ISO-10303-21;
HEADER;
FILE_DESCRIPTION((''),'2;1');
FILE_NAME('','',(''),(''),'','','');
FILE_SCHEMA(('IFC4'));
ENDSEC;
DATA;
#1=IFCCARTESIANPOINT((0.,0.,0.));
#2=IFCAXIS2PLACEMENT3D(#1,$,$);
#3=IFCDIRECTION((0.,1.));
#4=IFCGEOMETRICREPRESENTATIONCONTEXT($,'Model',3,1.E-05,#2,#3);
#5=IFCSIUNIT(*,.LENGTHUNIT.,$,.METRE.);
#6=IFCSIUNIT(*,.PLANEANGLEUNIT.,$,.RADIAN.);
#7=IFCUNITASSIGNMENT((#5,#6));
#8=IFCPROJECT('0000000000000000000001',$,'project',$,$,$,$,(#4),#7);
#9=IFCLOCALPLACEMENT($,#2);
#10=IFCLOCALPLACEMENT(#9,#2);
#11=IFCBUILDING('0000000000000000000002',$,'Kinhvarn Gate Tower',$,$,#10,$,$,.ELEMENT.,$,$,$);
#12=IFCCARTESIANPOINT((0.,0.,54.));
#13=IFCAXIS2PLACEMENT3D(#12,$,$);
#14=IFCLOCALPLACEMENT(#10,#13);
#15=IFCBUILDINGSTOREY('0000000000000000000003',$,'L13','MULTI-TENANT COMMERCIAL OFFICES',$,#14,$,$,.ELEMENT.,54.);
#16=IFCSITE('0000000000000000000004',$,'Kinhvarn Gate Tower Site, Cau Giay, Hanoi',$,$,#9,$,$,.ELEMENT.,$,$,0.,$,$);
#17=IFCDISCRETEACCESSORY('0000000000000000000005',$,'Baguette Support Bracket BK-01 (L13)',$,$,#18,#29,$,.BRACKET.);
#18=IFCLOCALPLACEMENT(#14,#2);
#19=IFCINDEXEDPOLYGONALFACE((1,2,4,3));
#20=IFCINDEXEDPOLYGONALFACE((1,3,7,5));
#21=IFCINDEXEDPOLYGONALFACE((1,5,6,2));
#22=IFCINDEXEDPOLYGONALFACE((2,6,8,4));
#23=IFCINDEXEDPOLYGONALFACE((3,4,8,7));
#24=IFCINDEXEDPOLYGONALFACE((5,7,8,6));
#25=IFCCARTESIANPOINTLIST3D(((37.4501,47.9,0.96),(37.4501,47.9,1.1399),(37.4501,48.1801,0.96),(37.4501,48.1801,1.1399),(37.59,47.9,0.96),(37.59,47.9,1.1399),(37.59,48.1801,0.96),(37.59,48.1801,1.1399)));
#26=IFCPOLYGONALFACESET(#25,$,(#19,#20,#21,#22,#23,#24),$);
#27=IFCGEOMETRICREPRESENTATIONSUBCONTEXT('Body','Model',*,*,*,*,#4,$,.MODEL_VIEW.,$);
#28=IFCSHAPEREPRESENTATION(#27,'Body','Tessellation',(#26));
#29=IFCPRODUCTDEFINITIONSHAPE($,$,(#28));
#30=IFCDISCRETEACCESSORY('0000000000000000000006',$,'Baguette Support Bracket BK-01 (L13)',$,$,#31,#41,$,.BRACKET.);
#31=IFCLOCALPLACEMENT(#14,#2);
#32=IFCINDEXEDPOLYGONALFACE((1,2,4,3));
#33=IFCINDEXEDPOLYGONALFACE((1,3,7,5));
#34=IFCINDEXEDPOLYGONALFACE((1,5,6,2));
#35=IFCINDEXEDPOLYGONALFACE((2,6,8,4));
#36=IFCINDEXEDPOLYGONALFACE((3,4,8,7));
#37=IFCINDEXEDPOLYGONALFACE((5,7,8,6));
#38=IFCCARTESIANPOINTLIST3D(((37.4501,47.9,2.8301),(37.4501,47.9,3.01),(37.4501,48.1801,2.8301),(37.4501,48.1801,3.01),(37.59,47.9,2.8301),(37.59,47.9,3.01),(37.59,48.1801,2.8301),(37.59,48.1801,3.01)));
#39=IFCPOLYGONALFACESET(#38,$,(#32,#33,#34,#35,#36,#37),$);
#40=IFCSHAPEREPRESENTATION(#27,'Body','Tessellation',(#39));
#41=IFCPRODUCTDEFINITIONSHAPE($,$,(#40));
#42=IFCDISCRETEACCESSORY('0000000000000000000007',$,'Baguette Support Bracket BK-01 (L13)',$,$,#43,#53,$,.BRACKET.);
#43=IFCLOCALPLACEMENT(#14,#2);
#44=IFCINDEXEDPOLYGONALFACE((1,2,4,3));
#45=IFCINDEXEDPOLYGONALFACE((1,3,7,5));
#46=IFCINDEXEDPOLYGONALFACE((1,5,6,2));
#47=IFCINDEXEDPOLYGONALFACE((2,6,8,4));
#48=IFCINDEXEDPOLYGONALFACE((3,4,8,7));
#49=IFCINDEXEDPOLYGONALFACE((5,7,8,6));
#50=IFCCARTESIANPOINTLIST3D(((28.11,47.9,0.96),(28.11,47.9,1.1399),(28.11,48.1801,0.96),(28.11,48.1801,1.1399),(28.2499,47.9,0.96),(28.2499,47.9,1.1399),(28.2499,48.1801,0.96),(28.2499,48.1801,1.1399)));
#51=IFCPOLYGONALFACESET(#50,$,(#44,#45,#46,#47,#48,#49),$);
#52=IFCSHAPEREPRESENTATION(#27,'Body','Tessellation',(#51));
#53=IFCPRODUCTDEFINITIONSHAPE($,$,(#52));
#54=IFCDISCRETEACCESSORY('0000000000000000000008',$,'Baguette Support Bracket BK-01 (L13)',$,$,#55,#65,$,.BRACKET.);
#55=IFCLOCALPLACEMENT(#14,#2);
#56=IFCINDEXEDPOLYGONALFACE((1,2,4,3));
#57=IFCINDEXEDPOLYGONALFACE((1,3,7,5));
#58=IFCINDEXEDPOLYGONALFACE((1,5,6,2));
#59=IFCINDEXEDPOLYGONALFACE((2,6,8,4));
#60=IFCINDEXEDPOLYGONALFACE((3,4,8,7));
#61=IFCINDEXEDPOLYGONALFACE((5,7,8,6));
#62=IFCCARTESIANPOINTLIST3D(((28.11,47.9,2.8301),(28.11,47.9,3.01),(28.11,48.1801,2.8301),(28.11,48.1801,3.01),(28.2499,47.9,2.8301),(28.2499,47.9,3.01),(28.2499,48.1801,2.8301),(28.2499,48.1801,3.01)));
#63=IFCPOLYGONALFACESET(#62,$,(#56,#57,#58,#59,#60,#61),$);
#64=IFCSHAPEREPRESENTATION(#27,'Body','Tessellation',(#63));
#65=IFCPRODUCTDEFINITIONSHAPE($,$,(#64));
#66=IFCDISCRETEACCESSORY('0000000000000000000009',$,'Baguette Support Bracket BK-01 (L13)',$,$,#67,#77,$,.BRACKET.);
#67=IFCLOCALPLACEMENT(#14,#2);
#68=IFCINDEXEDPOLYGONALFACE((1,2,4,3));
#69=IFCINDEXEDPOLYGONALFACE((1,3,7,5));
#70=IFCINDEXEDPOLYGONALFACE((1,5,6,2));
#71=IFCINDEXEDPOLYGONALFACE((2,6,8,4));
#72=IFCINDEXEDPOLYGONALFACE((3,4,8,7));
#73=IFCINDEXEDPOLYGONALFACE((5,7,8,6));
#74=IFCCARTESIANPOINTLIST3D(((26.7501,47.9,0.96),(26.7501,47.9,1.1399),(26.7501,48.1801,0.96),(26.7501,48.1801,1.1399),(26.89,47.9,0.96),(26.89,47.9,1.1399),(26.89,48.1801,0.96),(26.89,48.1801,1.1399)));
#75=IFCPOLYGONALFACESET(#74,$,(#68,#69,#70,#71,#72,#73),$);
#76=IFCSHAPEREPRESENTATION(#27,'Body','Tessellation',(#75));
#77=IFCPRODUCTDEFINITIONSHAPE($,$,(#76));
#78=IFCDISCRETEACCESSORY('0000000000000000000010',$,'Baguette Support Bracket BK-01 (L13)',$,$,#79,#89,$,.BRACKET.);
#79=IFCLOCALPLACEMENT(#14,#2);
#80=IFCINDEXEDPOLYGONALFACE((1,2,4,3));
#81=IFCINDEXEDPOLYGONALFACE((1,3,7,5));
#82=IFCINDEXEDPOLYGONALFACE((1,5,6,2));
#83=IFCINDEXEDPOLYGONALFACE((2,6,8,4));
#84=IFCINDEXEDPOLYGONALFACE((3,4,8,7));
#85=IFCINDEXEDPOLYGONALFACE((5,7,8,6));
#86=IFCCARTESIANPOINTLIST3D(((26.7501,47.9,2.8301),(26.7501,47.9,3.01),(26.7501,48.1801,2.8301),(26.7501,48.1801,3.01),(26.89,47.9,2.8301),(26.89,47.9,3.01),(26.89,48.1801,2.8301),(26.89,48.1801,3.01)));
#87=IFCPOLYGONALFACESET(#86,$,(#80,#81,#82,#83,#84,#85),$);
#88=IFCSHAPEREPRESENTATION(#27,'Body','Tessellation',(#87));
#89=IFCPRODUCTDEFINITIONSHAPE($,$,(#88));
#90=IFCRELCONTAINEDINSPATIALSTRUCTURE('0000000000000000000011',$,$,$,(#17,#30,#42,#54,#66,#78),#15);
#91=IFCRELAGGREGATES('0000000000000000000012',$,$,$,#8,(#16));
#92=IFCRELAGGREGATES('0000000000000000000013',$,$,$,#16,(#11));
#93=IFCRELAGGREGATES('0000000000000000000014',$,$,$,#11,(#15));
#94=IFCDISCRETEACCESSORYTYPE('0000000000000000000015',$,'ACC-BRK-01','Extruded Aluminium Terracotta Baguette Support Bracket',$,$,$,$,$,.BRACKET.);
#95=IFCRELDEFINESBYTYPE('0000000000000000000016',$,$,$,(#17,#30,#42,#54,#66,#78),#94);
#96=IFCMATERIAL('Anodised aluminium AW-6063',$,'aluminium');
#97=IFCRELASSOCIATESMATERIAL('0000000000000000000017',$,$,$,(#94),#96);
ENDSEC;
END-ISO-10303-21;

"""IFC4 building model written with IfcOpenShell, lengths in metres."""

from ifc_helpers import new_model, si_unit, direction, frame, origin, origin_2d, place, context, subcontext, project, spatial, rectangle, extrude, material, type_object, element, save


model = new_model("IFC4")

# Units and contexts
model_context = context("Model", 3, precision=1e-05, world=origin(), true_north=direction((0.0, 1.0)))
body_context = subcontext(model_context, "Body", "Model", "MODEL_VIEW")
ifc_project = project(units=[si_unit("LENGTHUNIT", "METRE"), si_unit("PLANEANGLEUNIT", "RADIAN")], contexts=[model_context])

# Site, building, storey
site_placement = place(None, origin())
site = spatial("IfcSite", under=ifc_project, at=site_placement, Name="Kinhvarn Gate Tower Site, Cau Giay, Hanoi", CompositionType="ELEMENT", RefElevation=0.0)
building_placement = place(site_placement, origin())
building = spatial("IfcBuilding", under=site, at=building_placement, Name="Kinhvarn Gate Tower", CompositionType="ELEMENT")
storey_placement = place(building_placement, frame((0.0, 0.0, 54.0)))
storey = spatial("IfcBuildingStorey", under=building, at=storey_placement, Name="L13", Description="MULTI-TENANT COMMERCIAL OFFICES", CompositionType="ELEMENT", Elevation=54.0)

# Shared definitions
ifc_material_1 = material(Name="Anodised aluminium AW-6063", Category="aluminium")

# Discrete accessories
discrete_accessory_type = type_object("IfcDiscreteAccessoryType", Name="ACC-BRK-01", Description="Extruded Aluminium Terracotta Baguette Support Bracket", PredefinedType="BRACKET", material=ifc_material_1)
for number, where, z_axis, x_axis, name in (
    (1, (37.52, 48.04, 0.96), (0.0, 0.0, 1.0), (-1.0, 0.0, 0.0), "Baguette Support Bracket BK-01 (L13)"),
    (2, (37.52, 48.04, 2.8301), (0.0, 0.0, 1.0), (-1.0, 0.0, 0.0), "Baguette Support Bracket BK-01 (L13)"),
    (3, (28.1799, 48.04, 0.96), (0.0, 0.0, 1.0), (-1.0, 0.0, 0.0), "Baguette Support Bracket BK-01 (L13)"),
    (4, (28.1799, 48.04, 2.8301), (0.0, 0.0, 1.0), (-1.0, 0.0, 0.0), "Baguette Support Bracket BK-01 (L13)"),
    (5, (26.8201, 48.04, 0.96), (0.0, 0.0, 1.0), (-1.0, 0.0, 0.0), "Baguette Support Bracket BK-01 (L13)"),
    (6, (26.8201, 48.04, 2.8301), (0.0, 0.0, 1.0), (-1.0, 0.0, 0.0), "Baguette Support Bracket BK-01 (L13)"),
):
    element("IfcDiscreteAccessory", number, at=place(storey_placement, frame(where, z_axis=z_axis, x_axis=x_axis)), inside=storey, type_object=discrete_accessory_type, Name=name, PredefinedType="BRACKET", context=body_context, shape_type="SweptSolid", body=[
        extrude(rectangle(XDim=0.1399, YDim=0.28, at=origin_2d()), origin(), (0.0, 0.0, 1.0), 0.1799),
    ])

save(model, "model.ifc")
